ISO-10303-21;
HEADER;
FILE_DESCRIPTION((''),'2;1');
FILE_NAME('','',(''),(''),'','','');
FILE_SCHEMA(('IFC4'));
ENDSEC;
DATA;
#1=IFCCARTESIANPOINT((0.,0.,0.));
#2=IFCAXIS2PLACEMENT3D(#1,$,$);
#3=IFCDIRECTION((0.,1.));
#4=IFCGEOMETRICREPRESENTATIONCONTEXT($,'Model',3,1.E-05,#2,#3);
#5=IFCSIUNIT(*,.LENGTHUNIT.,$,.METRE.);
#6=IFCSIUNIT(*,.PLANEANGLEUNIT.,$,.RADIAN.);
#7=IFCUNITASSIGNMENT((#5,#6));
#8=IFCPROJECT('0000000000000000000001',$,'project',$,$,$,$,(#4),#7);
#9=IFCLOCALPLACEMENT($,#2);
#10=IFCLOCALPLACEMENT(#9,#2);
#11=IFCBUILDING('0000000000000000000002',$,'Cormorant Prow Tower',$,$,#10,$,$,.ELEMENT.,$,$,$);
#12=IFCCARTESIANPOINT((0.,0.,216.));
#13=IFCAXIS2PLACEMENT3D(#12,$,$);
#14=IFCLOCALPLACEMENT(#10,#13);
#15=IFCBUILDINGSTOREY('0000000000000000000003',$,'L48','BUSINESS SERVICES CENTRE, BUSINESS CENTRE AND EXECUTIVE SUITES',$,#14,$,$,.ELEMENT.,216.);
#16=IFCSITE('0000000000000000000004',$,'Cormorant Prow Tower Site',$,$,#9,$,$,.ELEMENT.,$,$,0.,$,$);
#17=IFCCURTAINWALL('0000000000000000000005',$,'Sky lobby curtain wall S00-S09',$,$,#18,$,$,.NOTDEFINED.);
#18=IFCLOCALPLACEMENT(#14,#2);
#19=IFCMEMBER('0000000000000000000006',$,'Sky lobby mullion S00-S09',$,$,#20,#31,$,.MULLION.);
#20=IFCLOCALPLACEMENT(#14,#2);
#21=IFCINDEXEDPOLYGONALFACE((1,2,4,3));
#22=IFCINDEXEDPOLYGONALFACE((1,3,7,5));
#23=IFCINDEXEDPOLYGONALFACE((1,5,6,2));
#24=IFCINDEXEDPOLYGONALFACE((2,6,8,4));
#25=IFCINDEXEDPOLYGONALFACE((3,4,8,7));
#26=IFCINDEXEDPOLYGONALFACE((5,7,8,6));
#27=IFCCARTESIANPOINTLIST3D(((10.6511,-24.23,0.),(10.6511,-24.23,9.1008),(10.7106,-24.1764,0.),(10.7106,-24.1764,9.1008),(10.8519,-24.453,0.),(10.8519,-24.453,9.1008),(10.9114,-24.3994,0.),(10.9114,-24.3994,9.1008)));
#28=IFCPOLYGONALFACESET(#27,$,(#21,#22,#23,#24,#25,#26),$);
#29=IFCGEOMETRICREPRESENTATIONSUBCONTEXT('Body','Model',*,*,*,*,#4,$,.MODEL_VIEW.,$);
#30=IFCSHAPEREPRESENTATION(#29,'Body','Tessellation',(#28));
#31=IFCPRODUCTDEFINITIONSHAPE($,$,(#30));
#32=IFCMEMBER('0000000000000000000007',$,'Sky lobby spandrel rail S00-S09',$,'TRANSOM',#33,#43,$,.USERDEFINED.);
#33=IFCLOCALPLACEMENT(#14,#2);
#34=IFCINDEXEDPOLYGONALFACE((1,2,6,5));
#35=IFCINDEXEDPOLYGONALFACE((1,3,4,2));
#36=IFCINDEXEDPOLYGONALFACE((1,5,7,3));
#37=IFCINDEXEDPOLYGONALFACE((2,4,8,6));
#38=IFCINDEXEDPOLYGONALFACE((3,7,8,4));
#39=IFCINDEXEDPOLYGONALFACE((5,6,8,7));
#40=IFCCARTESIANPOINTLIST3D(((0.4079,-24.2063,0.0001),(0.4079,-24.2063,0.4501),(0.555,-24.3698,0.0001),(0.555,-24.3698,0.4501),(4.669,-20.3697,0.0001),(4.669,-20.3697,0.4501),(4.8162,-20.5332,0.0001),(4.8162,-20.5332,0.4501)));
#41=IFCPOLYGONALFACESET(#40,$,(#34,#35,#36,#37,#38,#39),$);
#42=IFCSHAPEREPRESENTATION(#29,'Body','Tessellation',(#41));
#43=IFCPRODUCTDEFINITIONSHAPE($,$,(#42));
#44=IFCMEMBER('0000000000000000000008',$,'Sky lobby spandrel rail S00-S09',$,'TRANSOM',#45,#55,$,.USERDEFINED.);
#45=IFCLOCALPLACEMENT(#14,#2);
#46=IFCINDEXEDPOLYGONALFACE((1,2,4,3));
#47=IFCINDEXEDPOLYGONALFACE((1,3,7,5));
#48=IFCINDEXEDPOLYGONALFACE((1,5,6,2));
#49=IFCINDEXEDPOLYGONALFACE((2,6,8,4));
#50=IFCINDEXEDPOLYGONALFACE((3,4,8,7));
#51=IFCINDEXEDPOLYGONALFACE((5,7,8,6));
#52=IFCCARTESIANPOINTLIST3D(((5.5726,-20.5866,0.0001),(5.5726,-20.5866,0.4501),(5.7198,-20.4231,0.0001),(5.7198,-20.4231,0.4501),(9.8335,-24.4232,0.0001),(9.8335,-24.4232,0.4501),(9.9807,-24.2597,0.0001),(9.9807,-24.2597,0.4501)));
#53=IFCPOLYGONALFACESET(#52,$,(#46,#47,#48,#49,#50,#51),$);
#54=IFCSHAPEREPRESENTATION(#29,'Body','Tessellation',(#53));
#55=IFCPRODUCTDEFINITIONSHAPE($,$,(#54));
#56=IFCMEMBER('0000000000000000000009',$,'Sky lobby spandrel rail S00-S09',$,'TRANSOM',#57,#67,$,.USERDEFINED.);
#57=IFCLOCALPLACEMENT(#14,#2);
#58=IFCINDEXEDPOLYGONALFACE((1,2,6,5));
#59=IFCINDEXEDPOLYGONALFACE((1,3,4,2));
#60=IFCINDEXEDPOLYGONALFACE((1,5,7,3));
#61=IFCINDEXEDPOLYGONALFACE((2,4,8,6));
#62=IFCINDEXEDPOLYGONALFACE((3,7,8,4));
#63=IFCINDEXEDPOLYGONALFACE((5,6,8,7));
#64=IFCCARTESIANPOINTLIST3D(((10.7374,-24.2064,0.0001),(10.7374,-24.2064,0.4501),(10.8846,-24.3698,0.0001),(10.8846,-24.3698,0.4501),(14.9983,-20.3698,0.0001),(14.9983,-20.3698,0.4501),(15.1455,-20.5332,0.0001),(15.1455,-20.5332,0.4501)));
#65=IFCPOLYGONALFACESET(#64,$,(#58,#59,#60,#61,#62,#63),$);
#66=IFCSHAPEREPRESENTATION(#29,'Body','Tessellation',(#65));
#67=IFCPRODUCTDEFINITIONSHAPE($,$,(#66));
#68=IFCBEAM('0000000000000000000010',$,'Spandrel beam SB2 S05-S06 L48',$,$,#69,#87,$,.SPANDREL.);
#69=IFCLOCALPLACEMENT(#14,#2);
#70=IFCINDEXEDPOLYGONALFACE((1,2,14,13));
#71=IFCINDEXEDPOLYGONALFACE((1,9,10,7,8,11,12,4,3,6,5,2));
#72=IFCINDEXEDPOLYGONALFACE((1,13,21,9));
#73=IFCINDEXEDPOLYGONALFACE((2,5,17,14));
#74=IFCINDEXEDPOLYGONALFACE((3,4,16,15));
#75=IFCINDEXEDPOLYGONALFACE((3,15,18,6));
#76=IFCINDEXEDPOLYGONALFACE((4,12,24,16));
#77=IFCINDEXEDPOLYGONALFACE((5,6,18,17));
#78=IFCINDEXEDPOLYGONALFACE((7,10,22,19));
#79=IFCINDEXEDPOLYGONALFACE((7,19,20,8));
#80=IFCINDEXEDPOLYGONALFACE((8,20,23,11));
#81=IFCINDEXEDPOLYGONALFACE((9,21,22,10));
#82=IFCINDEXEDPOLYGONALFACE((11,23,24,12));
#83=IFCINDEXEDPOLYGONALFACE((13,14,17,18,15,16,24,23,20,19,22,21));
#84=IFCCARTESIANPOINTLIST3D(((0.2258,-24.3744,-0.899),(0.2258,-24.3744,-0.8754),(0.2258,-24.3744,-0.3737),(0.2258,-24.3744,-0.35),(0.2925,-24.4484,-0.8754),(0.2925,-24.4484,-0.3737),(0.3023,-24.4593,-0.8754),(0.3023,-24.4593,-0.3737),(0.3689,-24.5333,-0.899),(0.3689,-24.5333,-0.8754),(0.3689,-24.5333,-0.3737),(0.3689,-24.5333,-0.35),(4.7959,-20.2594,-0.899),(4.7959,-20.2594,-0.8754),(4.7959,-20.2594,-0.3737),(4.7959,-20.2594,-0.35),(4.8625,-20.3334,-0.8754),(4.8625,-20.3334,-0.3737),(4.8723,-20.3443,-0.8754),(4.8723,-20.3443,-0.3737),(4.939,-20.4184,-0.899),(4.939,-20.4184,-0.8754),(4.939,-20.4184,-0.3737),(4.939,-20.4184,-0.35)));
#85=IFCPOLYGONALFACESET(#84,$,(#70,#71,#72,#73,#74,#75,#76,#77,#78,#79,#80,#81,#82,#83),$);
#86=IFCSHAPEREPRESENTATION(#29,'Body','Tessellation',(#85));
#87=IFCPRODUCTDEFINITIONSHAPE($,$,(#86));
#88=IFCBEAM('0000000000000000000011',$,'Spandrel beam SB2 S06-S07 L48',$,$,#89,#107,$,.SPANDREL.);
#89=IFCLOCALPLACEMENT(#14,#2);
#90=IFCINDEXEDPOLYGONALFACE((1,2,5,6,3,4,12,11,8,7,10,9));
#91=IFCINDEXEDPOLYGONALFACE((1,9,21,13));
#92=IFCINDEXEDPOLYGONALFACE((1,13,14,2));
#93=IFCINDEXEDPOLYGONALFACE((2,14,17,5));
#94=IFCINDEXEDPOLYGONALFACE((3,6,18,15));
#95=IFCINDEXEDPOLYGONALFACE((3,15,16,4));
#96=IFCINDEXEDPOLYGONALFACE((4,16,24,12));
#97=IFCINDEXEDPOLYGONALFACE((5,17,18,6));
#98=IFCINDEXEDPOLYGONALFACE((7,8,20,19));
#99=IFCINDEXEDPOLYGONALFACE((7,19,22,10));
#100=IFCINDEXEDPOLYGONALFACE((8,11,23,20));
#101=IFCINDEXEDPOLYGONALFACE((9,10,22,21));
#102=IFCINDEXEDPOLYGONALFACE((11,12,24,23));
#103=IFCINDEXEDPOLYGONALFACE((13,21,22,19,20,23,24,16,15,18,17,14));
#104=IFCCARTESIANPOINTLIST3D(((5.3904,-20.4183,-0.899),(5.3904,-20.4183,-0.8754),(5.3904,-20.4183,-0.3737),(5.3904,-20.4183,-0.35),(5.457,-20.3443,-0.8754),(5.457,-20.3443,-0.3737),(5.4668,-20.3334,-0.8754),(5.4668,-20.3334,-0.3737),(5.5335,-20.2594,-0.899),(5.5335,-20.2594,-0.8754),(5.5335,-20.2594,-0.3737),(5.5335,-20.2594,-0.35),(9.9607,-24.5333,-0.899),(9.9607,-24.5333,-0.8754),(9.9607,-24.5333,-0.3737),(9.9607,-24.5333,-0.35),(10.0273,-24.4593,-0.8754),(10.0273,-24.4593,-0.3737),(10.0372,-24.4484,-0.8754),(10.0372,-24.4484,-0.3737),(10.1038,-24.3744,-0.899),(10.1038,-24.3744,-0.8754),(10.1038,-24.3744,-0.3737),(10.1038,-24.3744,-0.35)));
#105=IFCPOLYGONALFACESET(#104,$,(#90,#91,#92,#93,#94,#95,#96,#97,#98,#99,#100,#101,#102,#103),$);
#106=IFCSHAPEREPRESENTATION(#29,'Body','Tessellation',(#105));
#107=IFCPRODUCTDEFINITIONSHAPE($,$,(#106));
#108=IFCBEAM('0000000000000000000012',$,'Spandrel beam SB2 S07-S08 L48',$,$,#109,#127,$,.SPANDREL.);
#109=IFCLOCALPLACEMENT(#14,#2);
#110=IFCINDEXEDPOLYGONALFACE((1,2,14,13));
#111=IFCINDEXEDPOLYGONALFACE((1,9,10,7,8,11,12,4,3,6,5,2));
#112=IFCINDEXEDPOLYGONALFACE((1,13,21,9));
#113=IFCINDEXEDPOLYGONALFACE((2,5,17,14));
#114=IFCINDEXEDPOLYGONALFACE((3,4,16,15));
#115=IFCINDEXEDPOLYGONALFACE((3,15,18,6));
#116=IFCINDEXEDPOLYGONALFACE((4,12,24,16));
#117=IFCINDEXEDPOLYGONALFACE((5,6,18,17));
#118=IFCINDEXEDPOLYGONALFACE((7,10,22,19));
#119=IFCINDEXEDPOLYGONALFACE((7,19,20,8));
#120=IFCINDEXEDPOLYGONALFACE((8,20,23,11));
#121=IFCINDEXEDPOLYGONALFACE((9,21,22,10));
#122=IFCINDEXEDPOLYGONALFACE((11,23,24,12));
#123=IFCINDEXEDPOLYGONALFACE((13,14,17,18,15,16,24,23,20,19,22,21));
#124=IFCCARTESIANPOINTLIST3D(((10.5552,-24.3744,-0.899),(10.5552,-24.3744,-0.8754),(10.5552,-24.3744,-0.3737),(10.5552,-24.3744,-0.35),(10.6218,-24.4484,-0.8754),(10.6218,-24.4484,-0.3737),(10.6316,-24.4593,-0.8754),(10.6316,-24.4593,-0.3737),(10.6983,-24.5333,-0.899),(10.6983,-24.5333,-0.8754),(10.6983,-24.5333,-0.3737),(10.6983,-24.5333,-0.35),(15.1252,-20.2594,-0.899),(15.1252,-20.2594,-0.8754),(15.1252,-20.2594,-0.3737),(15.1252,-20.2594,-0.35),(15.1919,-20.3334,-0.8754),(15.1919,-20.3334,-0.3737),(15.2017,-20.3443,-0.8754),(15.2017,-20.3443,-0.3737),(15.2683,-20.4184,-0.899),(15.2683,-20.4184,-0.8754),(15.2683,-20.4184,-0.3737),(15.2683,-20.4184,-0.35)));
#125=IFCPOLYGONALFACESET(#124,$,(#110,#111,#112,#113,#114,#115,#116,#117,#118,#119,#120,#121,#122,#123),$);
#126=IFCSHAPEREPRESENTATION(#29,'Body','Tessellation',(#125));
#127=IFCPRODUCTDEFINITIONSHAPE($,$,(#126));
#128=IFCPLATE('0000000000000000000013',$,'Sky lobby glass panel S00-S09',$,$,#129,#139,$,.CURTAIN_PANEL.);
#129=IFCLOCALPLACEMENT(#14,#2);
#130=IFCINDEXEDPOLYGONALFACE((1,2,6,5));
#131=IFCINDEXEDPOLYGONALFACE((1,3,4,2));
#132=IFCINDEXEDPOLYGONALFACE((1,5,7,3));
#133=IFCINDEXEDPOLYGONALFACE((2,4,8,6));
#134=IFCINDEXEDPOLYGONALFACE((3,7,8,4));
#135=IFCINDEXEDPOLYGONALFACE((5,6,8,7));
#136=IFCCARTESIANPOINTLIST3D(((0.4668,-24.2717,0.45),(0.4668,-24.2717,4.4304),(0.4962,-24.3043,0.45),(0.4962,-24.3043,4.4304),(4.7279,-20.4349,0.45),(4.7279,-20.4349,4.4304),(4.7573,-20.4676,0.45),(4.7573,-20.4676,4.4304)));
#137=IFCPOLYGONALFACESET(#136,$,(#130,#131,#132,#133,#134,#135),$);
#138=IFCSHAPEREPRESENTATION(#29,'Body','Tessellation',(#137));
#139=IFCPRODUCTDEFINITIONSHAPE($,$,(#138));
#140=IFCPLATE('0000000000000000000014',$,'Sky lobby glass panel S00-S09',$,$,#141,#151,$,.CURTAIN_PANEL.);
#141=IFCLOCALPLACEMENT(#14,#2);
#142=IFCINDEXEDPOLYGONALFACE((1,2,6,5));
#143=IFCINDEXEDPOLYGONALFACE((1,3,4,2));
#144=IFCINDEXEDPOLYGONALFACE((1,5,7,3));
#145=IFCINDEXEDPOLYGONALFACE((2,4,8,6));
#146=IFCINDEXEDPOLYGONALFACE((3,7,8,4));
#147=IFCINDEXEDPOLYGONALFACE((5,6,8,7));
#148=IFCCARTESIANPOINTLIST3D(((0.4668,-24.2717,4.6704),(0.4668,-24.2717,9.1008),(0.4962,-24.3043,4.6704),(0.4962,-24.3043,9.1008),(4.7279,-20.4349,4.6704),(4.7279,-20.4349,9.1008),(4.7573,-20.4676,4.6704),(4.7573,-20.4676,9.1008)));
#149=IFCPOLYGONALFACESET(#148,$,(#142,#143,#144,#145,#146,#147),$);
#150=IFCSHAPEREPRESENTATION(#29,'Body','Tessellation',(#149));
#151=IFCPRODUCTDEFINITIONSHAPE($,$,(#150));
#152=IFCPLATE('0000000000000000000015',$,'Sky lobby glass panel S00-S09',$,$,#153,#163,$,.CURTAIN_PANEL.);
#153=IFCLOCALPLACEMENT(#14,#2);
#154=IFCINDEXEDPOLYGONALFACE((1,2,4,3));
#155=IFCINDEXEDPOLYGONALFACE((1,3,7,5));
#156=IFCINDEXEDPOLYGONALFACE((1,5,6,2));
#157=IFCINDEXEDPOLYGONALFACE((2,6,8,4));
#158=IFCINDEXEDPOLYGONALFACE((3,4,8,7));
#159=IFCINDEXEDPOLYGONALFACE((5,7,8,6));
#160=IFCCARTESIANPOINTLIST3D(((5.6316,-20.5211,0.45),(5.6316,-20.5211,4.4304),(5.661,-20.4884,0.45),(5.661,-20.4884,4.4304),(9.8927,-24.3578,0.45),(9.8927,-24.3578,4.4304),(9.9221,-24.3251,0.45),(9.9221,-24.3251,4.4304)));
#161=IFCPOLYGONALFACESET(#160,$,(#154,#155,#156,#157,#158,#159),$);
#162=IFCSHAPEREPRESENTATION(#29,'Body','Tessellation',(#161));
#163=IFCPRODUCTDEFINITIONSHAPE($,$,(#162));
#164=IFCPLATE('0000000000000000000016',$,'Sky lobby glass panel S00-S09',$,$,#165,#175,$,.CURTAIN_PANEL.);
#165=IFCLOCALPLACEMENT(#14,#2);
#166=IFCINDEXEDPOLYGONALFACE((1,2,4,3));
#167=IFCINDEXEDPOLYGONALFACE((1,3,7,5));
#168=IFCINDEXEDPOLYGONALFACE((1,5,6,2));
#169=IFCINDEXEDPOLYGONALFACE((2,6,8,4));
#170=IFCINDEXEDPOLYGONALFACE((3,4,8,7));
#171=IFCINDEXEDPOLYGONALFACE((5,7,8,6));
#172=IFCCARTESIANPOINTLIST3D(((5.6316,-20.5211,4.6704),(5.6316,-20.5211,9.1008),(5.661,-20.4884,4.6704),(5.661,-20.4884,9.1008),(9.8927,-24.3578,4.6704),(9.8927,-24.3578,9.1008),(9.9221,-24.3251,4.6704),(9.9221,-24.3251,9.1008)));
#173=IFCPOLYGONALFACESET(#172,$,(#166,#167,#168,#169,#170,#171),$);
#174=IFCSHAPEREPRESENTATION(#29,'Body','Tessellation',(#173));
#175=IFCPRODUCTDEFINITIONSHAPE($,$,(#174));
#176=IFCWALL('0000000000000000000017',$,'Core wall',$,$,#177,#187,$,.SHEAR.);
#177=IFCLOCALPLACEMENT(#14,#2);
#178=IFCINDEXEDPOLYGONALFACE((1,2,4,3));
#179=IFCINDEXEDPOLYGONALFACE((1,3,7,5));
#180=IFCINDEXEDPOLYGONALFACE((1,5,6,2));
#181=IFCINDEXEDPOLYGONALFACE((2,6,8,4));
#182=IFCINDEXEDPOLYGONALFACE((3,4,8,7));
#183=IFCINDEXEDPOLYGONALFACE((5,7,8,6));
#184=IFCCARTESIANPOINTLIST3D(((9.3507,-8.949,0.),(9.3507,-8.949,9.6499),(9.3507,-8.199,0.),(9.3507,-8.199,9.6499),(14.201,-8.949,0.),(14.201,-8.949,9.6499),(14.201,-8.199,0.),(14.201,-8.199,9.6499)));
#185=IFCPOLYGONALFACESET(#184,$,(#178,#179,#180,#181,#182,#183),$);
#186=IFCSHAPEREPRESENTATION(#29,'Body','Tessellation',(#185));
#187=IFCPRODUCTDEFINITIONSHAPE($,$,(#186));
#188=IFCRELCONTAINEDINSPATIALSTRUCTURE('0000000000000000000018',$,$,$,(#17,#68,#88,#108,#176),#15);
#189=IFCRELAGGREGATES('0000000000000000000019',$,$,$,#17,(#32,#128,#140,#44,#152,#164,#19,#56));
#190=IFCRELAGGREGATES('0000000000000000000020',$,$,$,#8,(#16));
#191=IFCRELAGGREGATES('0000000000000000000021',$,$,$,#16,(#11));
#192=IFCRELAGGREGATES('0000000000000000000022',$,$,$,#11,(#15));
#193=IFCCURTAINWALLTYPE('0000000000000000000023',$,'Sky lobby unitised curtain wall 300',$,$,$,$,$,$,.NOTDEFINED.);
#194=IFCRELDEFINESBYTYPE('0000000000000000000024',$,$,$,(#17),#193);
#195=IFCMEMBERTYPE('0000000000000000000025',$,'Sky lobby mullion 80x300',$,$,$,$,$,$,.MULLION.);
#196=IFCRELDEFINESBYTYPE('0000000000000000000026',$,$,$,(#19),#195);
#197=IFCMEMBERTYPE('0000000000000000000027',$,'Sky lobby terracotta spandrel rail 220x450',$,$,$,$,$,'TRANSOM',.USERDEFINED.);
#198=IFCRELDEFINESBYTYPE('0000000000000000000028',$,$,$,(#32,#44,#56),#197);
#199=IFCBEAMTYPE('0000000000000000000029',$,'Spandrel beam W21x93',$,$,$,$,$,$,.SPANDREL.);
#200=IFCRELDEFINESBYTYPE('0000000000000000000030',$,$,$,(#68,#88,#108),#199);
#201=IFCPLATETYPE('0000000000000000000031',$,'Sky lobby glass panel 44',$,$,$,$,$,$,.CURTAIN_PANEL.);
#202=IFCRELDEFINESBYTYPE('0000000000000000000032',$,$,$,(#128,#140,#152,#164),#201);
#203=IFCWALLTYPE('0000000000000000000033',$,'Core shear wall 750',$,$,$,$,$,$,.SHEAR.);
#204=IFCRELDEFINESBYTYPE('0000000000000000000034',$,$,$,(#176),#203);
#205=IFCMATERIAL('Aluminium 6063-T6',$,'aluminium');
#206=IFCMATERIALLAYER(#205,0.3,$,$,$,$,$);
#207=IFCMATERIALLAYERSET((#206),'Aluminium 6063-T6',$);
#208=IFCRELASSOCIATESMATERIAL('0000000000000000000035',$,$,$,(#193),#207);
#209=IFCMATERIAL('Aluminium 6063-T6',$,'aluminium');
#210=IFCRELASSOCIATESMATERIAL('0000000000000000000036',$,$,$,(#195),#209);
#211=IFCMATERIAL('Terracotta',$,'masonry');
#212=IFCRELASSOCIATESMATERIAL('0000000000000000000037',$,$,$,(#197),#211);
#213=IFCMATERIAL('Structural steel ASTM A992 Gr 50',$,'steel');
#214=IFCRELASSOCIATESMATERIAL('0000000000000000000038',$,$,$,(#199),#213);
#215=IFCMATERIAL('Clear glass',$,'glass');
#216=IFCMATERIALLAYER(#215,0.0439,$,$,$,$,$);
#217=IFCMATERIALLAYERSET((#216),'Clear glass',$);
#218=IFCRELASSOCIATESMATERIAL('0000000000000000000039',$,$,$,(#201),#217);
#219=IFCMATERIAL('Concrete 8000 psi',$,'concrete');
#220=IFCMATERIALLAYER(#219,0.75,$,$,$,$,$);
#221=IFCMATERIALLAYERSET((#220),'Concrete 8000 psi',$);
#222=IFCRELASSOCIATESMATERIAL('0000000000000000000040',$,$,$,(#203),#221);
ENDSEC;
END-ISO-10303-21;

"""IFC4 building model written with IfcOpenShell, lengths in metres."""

from ifc_helpers import new_model, si_unit, direction, frame, frame_2d, origin, origin_2d, place, context, subcontext, project, spatial, rectangle, i_section, extrude, material, layer, layer_set, material_profile, profile_set, type_object, element, aggregate, save


model = new_model("IFC4")

# Units and contexts
model_context = context("Model", 3, precision=1e-05, world=origin(), true_north=direction((0.0, 1.0)))
body_context = subcontext(model_context, "Body", "Model", "MODEL_VIEW")
ifc_project = project(units=[si_unit("LENGTHUNIT", "METRE"), si_unit("PLANEANGLEUNIT", "RADIAN")], contexts=[model_context])

# Site, building, storey
site_placement = place(None, origin())
site = spatial("IfcSite", under=ifc_project, at=site_placement, Name="Cormorant Prow Tower Site", CompositionType="ELEMENT", RefElevation=0.0)
building_placement = place(site_placement, origin())
building = spatial("IfcBuilding", under=site, at=building_placement, Name="Cormorant Prow Tower", CompositionType="ELEMENT")
storey_placement = place(building_placement, frame((0.0, 0.0, 216.0)))
storey = spatial("IfcBuildingStorey", under=building, at=storey_placement, Name="L48", Description="BUSINESS SERVICES CENTRE, BUSINESS CENTRE AND EXECUTIVE SUITES", CompositionType="ELEMENT", Elevation=216.0)

# Curtain wall, members
ifc_material_1 = material(Name="Aluminium 6063-T6", Category="aluminium")
ifc_layer_1 = layer(ifc_material_1, 0.3)
ifc_layer_set_1 = layer_set([ifc_layer_1], Name="Aluminium 6063-T6")
curtain_wall_type = type_object("IfcCurtainWallType", Name="Sky lobby unitised curtain wall 300", PredefinedType="NOTDEFINED", material=ifc_layer_set_1)
curtain_wall_placement = place(storey_placement, origin())
curtain_wall = element("IfcCurtainWall", 1, at=curtain_wall_placement, inside=storey, type_object=curtain_wall_type, Name="Sky lobby curtain wall S00-S09", PredefinedType="NOTDEFINED")
ifc_material_2 = material(Name="Aluminium 6063-T6", Category="aluminium")
ifc_material_profile_1 = material_profile(ifc_material_2, rectangle(XDim=0.3, YDim=0.0801, at=origin_2d()), Name="Sky lobby mullion 80x300")
ifc_profile_set_1 = profile_set([ifc_material_profile_1], Name="Aluminium 6063-T6")
member_type_1 = type_object("IfcMemberType", Name="Sky lobby mullion 80x300", PredefinedType="MULLION", material=ifc_profile_set_1)
member_1_placement = place(storey_placement, frame((10.7812, -24.3147, 0.0), z_axis=(0.0, 0.0, 1.0), x_axis=(-0.669131, 0.743145, 0.0)))
member_1 = element("IfcMember", 2, at=member_1_placement, type_object=member_type_1, Name="Sky lobby mullion S00-S09", PredefinedType="MULLION", context=body_context, shape_type="SweptSolid", body=[
    extrude(rectangle(XDim=0.3, YDim=0.0801, at=origin_2d()), origin(), (0.0, 0.0, 1.0), 9.1008),
])
ifc_material_3 = material(Name="Terracotta", Category="masonry")
ifc_material_profile_2 = material_profile(ifc_material_3, rectangle(XDim=0.22, YDim=0.45, at=origin_2d()), Name="Sky lobby terracotta spandrel rail 220x450")
ifc_profile_set_2 = profile_set([ifc_material_profile_2], Name="Terracotta")
member_type_2 = type_object("IfcMemberType", Name="Sky lobby terracotta spandrel rail 220x450", ElementType="TRANSOM", PredefinedType="USERDEFINED", material=ifc_profile_set_2)
member_2_placement = place(storey_placement, frame((0.4814, -24.2881, 0.2251), z_axis=(0.743159, 0.669115, 0.0), x_axis=(-0.669115, 0.743159, 0.0)))
member_2 = element("IfcMember", 3, at=member_2_placement, type_object=member_type_2, Name="Sky lobby spandrel rail S00-S09", ObjectType="TRANSOM", PredefinedType="USERDEFINED", context=body_context, shape_type="SweptSolid", body=[
    extrude(rectangle(XDim=0.22, YDim=0.45, at=origin_2d()), origin(), (0.0, 0.0, 1.0), 5.7339),
])
member_3_placement = place(storey_placement, frame((5.6462, -20.5049, 0.2251), z_axis=(0.74314, -0.669136, 0.0), x_axis=(0.669136, 0.74314, 0.0)))
member_3 = element("IfcMember", 4, at=member_3_placement, type_object=member_type_2, Name="Sky lobby spandrel rail S00-S09", ObjectType="TRANSOM", PredefinedType="USERDEFINED", context=body_context, shape_type="SweptSolid", body=[
    extrude(rectangle(XDim=0.22, YDim=0.45, at=origin_2d()), origin(), (0.0, 0.0, 1.0), 5.7336),
])
member_4_placement = place(storey_placement, frame((10.811, -24.2881, 0.2251), z_axis=(0.74314, 0.669136, 0.0), x_axis=(-0.669136, 0.74314, 0.0)))
member_4 = element("IfcMember", 5, at=member_4_placement, type_object=member_type_2, Name="Sky lobby spandrel rail S00-S09", ObjectType="TRANSOM", PredefinedType="USERDEFINED", context=body_context, shape_type="SweptSolid", body=[
    extrude(rectangle(XDim=0.22, YDim=0.45, at=origin_2d()), origin(), (0.0, 0.0, 1.0), 5.7336),
])

# Beams
ifc_material_4 = material(Name="Structural steel ASTM A992 Gr 50", Category="steel")
ifc_material_profile_3 = material_profile(ifc_material_4, i_section(OverallWidth=0.2139, OverallDepth=0.5491, WebThickness=0.0146, FlangeThickness=0.0237, at=origin_2d()), Name="W21x93")
ifc_profile_set_3 = profile_set([ifc_material_profile_3], Name="Structural steel ASTM A992 Gr 50")
beam_type_1 = type_object("IfcBeamType", Name="Spandrel beam W21x93", PredefinedType="SPANDREL", material=ifc_profile_set_3)
beam_1_placement = place(storey_placement, frame((0.2974, -24.4539, -0.6245), z_axis=(0.743138, 0.669138, 0.0), x_axis=(-0.669138, 0.743138, 0.0)))
element("IfcBeam", 6, at=beam_1_placement, inside=storey, type_object=beam_type_1, Name="Spandrel beam SB2 S05-S06 L48", PredefinedType="SPANDREL", context=body_context, shape_type="SweptSolid", body=[
    extrude(i_section(OverallWidth=0.2139, OverallDepth=0.5491, WebThickness=0.0146, FlangeThickness=0.0237, at=origin_2d()), origin(), (0.0, 0.0, 1.0), 6.1497),
])
beam_2_placement = place(storey_placement, frame((5.4619, -20.3389, -0.6245), z_axis=(0.743156, -0.669118, 0.0), x_axis=(0.669118, 0.743156, 0.0)))
element("IfcBeam", 7, at=beam_2_placement, inside=storey, type_object=beam_type_1, Name="Spandrel beam SB2 S06-S07 L48", PredefinedType="SPANDREL", context=body_context, shape_type="SweptSolid", body=[
    extrude(i_section(OverallWidth=0.2139, OverallDepth=0.5491, WebThickness=0.0146, FlangeThickness=0.0237, at=origin_2d()), origin(), (0.0, 0.0, 1.0), 6.1499),
])
beam_3_placement = place(storey_placement, frame((10.6267, -24.4539, -0.6245), z_axis=(0.743138, 0.669138, 0.0), x_axis=(-0.669138, 0.743138, 0.0)))
element("IfcBeam", 8, at=beam_3_placement, inside=storey, type_object=beam_type_1, Name="Spandrel beam SB2 S07-S08 L48", PredefinedType="SPANDREL", context=body_context, shape_type="SweptSolid", body=[
    extrude(i_section(OverallWidth=0.2139, OverallDepth=0.5491, WebThickness=0.0146, FlangeThickness=0.0237, at=origin_2d()), origin(), (0.0, 0.0, 1.0), 6.1497),
])

# Plates
ifc_material_5 = material(Name="Clear glass", Category="glass")
ifc_layer_2 = layer(ifc_material_5, 0.0439)
ifc_layer_set_2 = layer_set([ifc_layer_2], Name="Clear glass")
plate_type = type_object("IfcPlateType", Name="Sky lobby glass panel 44", PredefinedType="CURTAIN_PANEL", material=ifc_layer_set_2)
plate_1_placement = place(storey_placement, frame((2.6121, -22.3696, 0.45), z_axis=(0.0, 0.0, 1.0), x_axis=(0.743145, 0.669131, 0.0)))
plate_1 = element("IfcPlate", 9, at=plate_1_placement, type_object=plate_type, Name="Sky lobby glass panel S00-S09", PredefinedType="CURTAIN_PANEL", context=body_context, shape_type="SweptSolid", body=[
    extrude(rectangle(XDim=5.7339, YDim=0.0439, at=origin_2d()), origin(), (0.0, 0.0, 1.0), 3.9805),
])
plate_2_placement = place(storey_placement, frame((2.6121, -22.3696, 4.6704), z_axis=(0.0, 0.0, 1.0), x_axis=(0.743145, 0.669131, 0.0)))
plate_2 = element("IfcPlate", 10, at=plate_2_placement, type_object=plate_type, Name="Sky lobby glass panel S00-S09", PredefinedType="CURTAIN_PANEL", context=body_context, shape_type="SweptSolid", body=[
    extrude(rectangle(XDim=5.7339, YDim=0.0439, at=origin_2d()), origin(), (0.0, 0.0, 1.0), 4.4304),
])
plate_3_placement = place(storey_placement, frame((7.7769, -22.4231, 0.45), z_axis=(0.0, 0.0, 1.0), x_axis=(0.743145, -0.669131, 0.0)))
plate_3 = element("IfcPlate", 11, at=plate_3_placement, type_object=plate_type, Name="Sky lobby glass panel S00-S09", PredefinedType="CURTAIN_PANEL", context=body_context, shape_type="SweptSolid", body=[
    extrude(rectangle(XDim=5.7339, YDim=0.0439, at=origin_2d()), origin(), (0.0, 0.0, 1.0), 3.9805),
])
plate_4_placement = place(storey_placement, frame((7.7769, -22.4231, 4.6704), z_axis=(0.0, 0.0, 1.0), x_axis=(0.743145, -0.669131, 0.0)))
plate_4 = element("IfcPlate", 12, at=plate_4_placement, type_object=plate_type, Name="Sky lobby glass panel S00-S09", PredefinedType="CURTAIN_PANEL", context=body_context, shape_type="SweptSolid", body=[
    extrude(rectangle(XDim=5.7339, YDim=0.0439, at=origin_2d()), origin(), (0.0, 0.0, 1.0), 4.4304),
])
aggregate(curtain_wall, [member_2, plate_1, plate_2, member_3, plate_3, plate_4, member_1, member_4])

# Wall
ifc_material_6 = material(Name="Concrete 8000 psi", Category="concrete")
ifc_layer_3 = layer(ifc_material_6, 0.75)
ifc_layer_set_3 = layer_set([ifc_layer_3], Name="Concrete 8000 psi")
wall_type_1 = type_object("IfcWallType", Name="Core shear wall 750", PredefinedType="SHEAR", material=ifc_layer_set_3)
wall_1_placement = place(storey_placement, frame((9.3506, -8.574, 0.0), z_axis=(0.0, 0.0, 1.0), x_axis=(1.0, 0.0, 0.0)))
element("IfcWall", 13, at=wall_1_placement, inside=storey, type_object=wall_type_1, Name="Core wall", PredefinedType="SHEAR", context=body_context, shape_type="SweptSolid", body=[
    extrude(rectangle(XDim=4.8503, YDim=0.75, at=frame_2d((2.4253, 0.0))), origin(), (0.0, 0.0, 1.0), 9.6499),
])

save(model, "model.ifc")
